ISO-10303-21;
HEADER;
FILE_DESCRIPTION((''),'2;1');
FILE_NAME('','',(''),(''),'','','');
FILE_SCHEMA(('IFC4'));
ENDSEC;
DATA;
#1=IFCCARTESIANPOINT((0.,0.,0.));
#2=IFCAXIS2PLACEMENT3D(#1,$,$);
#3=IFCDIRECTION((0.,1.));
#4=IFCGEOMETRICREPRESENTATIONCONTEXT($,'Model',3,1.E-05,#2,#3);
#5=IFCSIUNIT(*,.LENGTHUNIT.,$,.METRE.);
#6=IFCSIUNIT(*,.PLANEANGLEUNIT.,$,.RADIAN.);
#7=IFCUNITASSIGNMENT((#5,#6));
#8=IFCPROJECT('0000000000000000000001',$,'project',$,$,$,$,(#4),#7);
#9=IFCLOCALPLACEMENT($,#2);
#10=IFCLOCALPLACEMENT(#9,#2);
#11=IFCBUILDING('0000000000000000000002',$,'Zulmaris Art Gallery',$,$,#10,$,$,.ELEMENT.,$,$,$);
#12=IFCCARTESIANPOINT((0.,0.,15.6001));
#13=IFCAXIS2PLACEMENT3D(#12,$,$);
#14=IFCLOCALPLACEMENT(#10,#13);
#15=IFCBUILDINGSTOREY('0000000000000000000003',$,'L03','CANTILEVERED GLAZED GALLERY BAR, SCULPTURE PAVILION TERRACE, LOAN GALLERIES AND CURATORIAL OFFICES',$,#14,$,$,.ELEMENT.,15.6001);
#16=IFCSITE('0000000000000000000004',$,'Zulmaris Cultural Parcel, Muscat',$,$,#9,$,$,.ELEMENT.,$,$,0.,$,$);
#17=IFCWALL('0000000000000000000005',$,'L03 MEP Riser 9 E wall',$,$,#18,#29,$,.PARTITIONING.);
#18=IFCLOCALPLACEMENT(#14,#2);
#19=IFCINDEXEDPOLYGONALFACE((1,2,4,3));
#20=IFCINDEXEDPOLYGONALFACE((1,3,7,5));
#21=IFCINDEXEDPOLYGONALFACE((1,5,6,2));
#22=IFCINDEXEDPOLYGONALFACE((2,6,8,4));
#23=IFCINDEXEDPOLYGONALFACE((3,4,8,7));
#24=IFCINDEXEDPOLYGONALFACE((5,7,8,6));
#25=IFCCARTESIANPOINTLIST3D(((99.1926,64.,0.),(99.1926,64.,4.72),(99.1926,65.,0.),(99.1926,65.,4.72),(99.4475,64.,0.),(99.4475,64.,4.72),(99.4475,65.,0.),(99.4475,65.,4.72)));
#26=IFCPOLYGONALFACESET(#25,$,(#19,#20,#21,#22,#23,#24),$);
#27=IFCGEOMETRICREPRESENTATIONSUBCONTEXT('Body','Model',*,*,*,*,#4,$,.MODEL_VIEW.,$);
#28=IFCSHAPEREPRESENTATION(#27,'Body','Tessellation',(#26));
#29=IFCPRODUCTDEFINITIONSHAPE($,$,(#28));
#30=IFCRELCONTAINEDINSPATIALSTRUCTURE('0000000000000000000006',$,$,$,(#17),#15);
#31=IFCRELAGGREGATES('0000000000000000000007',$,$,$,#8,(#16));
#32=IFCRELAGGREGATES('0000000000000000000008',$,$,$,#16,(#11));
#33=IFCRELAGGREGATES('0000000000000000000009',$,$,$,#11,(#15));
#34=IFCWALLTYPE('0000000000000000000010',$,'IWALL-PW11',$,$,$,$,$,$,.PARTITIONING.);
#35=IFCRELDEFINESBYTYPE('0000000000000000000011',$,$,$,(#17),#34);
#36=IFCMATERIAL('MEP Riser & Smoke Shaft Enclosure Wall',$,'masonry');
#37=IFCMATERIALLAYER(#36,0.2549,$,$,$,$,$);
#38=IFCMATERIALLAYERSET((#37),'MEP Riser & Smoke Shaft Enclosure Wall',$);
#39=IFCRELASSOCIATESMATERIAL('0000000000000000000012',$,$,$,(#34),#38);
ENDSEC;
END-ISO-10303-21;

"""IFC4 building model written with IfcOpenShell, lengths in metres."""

from ifc_helpers import new_model, si_unit, direction, frame, frame_2d, origin, place, context, subcontext, project, spatial, rectangle, extrude, material, layer, layer_set, type_object, element, save


model = new_model("IFC4")

# Units and contexts
model_context = context("Model", 3, precision=1e-05, world=origin(), true_north=direction((0.0, 1.0)))
body_context = subcontext(model_context, "Body", "Model", "MODEL_VIEW")
ifc_project = project(units=[si_unit("LENGTHUNIT", "METRE"), si_unit("PLANEANGLEUNIT", "RADIAN")], contexts=[model_context])

# Site, building, storey
site_placement = place(None, origin())
site = spatial("IfcSite", under=ifc_project, at=site_placement, Name="Zulmaris Cultural Parcel, Muscat", CompositionType="ELEMENT", RefElevation=0.0)
building_placement = place(site_placement, origin())
building = spatial("IfcBuilding", under=site, at=building_placement, Name="Zulmaris Art Gallery", CompositionType="ELEMENT")
storey_placement = place(building_placement, frame((0.0, 0.0, 15.6001)))
storey = spatial("IfcBuildingStorey", under=building, at=storey_placement, Name="L03", Description="CANTILEVERED GLAZED GALLERY BAR, SCULPTURE PAVILION TERRACE, LOAN GALLERIES AND CURATORIAL OFFICES", CompositionType="ELEMENT", Elevation=15.6001)

# Wall
ifc_material_1 = material(Name="MEP Riser & Smoke Shaft Enclosure Wall", Category="masonry")
ifc_layer_1 = layer(ifc_material_1, 0.2549)
ifc_layer_set_1 = layer_set([ifc_layer_1], Name="MEP Riser & Smoke Shaft Enclosure Wall")
wall_type_1 = type_object("IfcWallType", Name="IWALL-PW11", PredefinedType="PARTITIONING", material=ifc_layer_set_1)
for number, where, z_axis, x_axis, name in (
    (1, (99.3201, 64.0, 0.0), (0.0, 0.0, 1.0), (0.0, 1.0, 0.0), "L03 MEP Riser 9 E wall"),
):
    element("IfcWall", number, at=place(storey_placement, frame(where, z_axis=z_axis, x_axis=x_axis)), inside=storey, type_object=wall_type_1, Name=name, PredefinedType="PARTITIONING", context=body_context, shape_type="SweptSolid", body=[
        extrude(rectangle(XDim=1.0, YDim=0.2549, at=frame_2d((0.5, 0.0))), origin(), (0.0, 0.0, 1.0), 4.72),
    ])

save(model, "model.ifc")
